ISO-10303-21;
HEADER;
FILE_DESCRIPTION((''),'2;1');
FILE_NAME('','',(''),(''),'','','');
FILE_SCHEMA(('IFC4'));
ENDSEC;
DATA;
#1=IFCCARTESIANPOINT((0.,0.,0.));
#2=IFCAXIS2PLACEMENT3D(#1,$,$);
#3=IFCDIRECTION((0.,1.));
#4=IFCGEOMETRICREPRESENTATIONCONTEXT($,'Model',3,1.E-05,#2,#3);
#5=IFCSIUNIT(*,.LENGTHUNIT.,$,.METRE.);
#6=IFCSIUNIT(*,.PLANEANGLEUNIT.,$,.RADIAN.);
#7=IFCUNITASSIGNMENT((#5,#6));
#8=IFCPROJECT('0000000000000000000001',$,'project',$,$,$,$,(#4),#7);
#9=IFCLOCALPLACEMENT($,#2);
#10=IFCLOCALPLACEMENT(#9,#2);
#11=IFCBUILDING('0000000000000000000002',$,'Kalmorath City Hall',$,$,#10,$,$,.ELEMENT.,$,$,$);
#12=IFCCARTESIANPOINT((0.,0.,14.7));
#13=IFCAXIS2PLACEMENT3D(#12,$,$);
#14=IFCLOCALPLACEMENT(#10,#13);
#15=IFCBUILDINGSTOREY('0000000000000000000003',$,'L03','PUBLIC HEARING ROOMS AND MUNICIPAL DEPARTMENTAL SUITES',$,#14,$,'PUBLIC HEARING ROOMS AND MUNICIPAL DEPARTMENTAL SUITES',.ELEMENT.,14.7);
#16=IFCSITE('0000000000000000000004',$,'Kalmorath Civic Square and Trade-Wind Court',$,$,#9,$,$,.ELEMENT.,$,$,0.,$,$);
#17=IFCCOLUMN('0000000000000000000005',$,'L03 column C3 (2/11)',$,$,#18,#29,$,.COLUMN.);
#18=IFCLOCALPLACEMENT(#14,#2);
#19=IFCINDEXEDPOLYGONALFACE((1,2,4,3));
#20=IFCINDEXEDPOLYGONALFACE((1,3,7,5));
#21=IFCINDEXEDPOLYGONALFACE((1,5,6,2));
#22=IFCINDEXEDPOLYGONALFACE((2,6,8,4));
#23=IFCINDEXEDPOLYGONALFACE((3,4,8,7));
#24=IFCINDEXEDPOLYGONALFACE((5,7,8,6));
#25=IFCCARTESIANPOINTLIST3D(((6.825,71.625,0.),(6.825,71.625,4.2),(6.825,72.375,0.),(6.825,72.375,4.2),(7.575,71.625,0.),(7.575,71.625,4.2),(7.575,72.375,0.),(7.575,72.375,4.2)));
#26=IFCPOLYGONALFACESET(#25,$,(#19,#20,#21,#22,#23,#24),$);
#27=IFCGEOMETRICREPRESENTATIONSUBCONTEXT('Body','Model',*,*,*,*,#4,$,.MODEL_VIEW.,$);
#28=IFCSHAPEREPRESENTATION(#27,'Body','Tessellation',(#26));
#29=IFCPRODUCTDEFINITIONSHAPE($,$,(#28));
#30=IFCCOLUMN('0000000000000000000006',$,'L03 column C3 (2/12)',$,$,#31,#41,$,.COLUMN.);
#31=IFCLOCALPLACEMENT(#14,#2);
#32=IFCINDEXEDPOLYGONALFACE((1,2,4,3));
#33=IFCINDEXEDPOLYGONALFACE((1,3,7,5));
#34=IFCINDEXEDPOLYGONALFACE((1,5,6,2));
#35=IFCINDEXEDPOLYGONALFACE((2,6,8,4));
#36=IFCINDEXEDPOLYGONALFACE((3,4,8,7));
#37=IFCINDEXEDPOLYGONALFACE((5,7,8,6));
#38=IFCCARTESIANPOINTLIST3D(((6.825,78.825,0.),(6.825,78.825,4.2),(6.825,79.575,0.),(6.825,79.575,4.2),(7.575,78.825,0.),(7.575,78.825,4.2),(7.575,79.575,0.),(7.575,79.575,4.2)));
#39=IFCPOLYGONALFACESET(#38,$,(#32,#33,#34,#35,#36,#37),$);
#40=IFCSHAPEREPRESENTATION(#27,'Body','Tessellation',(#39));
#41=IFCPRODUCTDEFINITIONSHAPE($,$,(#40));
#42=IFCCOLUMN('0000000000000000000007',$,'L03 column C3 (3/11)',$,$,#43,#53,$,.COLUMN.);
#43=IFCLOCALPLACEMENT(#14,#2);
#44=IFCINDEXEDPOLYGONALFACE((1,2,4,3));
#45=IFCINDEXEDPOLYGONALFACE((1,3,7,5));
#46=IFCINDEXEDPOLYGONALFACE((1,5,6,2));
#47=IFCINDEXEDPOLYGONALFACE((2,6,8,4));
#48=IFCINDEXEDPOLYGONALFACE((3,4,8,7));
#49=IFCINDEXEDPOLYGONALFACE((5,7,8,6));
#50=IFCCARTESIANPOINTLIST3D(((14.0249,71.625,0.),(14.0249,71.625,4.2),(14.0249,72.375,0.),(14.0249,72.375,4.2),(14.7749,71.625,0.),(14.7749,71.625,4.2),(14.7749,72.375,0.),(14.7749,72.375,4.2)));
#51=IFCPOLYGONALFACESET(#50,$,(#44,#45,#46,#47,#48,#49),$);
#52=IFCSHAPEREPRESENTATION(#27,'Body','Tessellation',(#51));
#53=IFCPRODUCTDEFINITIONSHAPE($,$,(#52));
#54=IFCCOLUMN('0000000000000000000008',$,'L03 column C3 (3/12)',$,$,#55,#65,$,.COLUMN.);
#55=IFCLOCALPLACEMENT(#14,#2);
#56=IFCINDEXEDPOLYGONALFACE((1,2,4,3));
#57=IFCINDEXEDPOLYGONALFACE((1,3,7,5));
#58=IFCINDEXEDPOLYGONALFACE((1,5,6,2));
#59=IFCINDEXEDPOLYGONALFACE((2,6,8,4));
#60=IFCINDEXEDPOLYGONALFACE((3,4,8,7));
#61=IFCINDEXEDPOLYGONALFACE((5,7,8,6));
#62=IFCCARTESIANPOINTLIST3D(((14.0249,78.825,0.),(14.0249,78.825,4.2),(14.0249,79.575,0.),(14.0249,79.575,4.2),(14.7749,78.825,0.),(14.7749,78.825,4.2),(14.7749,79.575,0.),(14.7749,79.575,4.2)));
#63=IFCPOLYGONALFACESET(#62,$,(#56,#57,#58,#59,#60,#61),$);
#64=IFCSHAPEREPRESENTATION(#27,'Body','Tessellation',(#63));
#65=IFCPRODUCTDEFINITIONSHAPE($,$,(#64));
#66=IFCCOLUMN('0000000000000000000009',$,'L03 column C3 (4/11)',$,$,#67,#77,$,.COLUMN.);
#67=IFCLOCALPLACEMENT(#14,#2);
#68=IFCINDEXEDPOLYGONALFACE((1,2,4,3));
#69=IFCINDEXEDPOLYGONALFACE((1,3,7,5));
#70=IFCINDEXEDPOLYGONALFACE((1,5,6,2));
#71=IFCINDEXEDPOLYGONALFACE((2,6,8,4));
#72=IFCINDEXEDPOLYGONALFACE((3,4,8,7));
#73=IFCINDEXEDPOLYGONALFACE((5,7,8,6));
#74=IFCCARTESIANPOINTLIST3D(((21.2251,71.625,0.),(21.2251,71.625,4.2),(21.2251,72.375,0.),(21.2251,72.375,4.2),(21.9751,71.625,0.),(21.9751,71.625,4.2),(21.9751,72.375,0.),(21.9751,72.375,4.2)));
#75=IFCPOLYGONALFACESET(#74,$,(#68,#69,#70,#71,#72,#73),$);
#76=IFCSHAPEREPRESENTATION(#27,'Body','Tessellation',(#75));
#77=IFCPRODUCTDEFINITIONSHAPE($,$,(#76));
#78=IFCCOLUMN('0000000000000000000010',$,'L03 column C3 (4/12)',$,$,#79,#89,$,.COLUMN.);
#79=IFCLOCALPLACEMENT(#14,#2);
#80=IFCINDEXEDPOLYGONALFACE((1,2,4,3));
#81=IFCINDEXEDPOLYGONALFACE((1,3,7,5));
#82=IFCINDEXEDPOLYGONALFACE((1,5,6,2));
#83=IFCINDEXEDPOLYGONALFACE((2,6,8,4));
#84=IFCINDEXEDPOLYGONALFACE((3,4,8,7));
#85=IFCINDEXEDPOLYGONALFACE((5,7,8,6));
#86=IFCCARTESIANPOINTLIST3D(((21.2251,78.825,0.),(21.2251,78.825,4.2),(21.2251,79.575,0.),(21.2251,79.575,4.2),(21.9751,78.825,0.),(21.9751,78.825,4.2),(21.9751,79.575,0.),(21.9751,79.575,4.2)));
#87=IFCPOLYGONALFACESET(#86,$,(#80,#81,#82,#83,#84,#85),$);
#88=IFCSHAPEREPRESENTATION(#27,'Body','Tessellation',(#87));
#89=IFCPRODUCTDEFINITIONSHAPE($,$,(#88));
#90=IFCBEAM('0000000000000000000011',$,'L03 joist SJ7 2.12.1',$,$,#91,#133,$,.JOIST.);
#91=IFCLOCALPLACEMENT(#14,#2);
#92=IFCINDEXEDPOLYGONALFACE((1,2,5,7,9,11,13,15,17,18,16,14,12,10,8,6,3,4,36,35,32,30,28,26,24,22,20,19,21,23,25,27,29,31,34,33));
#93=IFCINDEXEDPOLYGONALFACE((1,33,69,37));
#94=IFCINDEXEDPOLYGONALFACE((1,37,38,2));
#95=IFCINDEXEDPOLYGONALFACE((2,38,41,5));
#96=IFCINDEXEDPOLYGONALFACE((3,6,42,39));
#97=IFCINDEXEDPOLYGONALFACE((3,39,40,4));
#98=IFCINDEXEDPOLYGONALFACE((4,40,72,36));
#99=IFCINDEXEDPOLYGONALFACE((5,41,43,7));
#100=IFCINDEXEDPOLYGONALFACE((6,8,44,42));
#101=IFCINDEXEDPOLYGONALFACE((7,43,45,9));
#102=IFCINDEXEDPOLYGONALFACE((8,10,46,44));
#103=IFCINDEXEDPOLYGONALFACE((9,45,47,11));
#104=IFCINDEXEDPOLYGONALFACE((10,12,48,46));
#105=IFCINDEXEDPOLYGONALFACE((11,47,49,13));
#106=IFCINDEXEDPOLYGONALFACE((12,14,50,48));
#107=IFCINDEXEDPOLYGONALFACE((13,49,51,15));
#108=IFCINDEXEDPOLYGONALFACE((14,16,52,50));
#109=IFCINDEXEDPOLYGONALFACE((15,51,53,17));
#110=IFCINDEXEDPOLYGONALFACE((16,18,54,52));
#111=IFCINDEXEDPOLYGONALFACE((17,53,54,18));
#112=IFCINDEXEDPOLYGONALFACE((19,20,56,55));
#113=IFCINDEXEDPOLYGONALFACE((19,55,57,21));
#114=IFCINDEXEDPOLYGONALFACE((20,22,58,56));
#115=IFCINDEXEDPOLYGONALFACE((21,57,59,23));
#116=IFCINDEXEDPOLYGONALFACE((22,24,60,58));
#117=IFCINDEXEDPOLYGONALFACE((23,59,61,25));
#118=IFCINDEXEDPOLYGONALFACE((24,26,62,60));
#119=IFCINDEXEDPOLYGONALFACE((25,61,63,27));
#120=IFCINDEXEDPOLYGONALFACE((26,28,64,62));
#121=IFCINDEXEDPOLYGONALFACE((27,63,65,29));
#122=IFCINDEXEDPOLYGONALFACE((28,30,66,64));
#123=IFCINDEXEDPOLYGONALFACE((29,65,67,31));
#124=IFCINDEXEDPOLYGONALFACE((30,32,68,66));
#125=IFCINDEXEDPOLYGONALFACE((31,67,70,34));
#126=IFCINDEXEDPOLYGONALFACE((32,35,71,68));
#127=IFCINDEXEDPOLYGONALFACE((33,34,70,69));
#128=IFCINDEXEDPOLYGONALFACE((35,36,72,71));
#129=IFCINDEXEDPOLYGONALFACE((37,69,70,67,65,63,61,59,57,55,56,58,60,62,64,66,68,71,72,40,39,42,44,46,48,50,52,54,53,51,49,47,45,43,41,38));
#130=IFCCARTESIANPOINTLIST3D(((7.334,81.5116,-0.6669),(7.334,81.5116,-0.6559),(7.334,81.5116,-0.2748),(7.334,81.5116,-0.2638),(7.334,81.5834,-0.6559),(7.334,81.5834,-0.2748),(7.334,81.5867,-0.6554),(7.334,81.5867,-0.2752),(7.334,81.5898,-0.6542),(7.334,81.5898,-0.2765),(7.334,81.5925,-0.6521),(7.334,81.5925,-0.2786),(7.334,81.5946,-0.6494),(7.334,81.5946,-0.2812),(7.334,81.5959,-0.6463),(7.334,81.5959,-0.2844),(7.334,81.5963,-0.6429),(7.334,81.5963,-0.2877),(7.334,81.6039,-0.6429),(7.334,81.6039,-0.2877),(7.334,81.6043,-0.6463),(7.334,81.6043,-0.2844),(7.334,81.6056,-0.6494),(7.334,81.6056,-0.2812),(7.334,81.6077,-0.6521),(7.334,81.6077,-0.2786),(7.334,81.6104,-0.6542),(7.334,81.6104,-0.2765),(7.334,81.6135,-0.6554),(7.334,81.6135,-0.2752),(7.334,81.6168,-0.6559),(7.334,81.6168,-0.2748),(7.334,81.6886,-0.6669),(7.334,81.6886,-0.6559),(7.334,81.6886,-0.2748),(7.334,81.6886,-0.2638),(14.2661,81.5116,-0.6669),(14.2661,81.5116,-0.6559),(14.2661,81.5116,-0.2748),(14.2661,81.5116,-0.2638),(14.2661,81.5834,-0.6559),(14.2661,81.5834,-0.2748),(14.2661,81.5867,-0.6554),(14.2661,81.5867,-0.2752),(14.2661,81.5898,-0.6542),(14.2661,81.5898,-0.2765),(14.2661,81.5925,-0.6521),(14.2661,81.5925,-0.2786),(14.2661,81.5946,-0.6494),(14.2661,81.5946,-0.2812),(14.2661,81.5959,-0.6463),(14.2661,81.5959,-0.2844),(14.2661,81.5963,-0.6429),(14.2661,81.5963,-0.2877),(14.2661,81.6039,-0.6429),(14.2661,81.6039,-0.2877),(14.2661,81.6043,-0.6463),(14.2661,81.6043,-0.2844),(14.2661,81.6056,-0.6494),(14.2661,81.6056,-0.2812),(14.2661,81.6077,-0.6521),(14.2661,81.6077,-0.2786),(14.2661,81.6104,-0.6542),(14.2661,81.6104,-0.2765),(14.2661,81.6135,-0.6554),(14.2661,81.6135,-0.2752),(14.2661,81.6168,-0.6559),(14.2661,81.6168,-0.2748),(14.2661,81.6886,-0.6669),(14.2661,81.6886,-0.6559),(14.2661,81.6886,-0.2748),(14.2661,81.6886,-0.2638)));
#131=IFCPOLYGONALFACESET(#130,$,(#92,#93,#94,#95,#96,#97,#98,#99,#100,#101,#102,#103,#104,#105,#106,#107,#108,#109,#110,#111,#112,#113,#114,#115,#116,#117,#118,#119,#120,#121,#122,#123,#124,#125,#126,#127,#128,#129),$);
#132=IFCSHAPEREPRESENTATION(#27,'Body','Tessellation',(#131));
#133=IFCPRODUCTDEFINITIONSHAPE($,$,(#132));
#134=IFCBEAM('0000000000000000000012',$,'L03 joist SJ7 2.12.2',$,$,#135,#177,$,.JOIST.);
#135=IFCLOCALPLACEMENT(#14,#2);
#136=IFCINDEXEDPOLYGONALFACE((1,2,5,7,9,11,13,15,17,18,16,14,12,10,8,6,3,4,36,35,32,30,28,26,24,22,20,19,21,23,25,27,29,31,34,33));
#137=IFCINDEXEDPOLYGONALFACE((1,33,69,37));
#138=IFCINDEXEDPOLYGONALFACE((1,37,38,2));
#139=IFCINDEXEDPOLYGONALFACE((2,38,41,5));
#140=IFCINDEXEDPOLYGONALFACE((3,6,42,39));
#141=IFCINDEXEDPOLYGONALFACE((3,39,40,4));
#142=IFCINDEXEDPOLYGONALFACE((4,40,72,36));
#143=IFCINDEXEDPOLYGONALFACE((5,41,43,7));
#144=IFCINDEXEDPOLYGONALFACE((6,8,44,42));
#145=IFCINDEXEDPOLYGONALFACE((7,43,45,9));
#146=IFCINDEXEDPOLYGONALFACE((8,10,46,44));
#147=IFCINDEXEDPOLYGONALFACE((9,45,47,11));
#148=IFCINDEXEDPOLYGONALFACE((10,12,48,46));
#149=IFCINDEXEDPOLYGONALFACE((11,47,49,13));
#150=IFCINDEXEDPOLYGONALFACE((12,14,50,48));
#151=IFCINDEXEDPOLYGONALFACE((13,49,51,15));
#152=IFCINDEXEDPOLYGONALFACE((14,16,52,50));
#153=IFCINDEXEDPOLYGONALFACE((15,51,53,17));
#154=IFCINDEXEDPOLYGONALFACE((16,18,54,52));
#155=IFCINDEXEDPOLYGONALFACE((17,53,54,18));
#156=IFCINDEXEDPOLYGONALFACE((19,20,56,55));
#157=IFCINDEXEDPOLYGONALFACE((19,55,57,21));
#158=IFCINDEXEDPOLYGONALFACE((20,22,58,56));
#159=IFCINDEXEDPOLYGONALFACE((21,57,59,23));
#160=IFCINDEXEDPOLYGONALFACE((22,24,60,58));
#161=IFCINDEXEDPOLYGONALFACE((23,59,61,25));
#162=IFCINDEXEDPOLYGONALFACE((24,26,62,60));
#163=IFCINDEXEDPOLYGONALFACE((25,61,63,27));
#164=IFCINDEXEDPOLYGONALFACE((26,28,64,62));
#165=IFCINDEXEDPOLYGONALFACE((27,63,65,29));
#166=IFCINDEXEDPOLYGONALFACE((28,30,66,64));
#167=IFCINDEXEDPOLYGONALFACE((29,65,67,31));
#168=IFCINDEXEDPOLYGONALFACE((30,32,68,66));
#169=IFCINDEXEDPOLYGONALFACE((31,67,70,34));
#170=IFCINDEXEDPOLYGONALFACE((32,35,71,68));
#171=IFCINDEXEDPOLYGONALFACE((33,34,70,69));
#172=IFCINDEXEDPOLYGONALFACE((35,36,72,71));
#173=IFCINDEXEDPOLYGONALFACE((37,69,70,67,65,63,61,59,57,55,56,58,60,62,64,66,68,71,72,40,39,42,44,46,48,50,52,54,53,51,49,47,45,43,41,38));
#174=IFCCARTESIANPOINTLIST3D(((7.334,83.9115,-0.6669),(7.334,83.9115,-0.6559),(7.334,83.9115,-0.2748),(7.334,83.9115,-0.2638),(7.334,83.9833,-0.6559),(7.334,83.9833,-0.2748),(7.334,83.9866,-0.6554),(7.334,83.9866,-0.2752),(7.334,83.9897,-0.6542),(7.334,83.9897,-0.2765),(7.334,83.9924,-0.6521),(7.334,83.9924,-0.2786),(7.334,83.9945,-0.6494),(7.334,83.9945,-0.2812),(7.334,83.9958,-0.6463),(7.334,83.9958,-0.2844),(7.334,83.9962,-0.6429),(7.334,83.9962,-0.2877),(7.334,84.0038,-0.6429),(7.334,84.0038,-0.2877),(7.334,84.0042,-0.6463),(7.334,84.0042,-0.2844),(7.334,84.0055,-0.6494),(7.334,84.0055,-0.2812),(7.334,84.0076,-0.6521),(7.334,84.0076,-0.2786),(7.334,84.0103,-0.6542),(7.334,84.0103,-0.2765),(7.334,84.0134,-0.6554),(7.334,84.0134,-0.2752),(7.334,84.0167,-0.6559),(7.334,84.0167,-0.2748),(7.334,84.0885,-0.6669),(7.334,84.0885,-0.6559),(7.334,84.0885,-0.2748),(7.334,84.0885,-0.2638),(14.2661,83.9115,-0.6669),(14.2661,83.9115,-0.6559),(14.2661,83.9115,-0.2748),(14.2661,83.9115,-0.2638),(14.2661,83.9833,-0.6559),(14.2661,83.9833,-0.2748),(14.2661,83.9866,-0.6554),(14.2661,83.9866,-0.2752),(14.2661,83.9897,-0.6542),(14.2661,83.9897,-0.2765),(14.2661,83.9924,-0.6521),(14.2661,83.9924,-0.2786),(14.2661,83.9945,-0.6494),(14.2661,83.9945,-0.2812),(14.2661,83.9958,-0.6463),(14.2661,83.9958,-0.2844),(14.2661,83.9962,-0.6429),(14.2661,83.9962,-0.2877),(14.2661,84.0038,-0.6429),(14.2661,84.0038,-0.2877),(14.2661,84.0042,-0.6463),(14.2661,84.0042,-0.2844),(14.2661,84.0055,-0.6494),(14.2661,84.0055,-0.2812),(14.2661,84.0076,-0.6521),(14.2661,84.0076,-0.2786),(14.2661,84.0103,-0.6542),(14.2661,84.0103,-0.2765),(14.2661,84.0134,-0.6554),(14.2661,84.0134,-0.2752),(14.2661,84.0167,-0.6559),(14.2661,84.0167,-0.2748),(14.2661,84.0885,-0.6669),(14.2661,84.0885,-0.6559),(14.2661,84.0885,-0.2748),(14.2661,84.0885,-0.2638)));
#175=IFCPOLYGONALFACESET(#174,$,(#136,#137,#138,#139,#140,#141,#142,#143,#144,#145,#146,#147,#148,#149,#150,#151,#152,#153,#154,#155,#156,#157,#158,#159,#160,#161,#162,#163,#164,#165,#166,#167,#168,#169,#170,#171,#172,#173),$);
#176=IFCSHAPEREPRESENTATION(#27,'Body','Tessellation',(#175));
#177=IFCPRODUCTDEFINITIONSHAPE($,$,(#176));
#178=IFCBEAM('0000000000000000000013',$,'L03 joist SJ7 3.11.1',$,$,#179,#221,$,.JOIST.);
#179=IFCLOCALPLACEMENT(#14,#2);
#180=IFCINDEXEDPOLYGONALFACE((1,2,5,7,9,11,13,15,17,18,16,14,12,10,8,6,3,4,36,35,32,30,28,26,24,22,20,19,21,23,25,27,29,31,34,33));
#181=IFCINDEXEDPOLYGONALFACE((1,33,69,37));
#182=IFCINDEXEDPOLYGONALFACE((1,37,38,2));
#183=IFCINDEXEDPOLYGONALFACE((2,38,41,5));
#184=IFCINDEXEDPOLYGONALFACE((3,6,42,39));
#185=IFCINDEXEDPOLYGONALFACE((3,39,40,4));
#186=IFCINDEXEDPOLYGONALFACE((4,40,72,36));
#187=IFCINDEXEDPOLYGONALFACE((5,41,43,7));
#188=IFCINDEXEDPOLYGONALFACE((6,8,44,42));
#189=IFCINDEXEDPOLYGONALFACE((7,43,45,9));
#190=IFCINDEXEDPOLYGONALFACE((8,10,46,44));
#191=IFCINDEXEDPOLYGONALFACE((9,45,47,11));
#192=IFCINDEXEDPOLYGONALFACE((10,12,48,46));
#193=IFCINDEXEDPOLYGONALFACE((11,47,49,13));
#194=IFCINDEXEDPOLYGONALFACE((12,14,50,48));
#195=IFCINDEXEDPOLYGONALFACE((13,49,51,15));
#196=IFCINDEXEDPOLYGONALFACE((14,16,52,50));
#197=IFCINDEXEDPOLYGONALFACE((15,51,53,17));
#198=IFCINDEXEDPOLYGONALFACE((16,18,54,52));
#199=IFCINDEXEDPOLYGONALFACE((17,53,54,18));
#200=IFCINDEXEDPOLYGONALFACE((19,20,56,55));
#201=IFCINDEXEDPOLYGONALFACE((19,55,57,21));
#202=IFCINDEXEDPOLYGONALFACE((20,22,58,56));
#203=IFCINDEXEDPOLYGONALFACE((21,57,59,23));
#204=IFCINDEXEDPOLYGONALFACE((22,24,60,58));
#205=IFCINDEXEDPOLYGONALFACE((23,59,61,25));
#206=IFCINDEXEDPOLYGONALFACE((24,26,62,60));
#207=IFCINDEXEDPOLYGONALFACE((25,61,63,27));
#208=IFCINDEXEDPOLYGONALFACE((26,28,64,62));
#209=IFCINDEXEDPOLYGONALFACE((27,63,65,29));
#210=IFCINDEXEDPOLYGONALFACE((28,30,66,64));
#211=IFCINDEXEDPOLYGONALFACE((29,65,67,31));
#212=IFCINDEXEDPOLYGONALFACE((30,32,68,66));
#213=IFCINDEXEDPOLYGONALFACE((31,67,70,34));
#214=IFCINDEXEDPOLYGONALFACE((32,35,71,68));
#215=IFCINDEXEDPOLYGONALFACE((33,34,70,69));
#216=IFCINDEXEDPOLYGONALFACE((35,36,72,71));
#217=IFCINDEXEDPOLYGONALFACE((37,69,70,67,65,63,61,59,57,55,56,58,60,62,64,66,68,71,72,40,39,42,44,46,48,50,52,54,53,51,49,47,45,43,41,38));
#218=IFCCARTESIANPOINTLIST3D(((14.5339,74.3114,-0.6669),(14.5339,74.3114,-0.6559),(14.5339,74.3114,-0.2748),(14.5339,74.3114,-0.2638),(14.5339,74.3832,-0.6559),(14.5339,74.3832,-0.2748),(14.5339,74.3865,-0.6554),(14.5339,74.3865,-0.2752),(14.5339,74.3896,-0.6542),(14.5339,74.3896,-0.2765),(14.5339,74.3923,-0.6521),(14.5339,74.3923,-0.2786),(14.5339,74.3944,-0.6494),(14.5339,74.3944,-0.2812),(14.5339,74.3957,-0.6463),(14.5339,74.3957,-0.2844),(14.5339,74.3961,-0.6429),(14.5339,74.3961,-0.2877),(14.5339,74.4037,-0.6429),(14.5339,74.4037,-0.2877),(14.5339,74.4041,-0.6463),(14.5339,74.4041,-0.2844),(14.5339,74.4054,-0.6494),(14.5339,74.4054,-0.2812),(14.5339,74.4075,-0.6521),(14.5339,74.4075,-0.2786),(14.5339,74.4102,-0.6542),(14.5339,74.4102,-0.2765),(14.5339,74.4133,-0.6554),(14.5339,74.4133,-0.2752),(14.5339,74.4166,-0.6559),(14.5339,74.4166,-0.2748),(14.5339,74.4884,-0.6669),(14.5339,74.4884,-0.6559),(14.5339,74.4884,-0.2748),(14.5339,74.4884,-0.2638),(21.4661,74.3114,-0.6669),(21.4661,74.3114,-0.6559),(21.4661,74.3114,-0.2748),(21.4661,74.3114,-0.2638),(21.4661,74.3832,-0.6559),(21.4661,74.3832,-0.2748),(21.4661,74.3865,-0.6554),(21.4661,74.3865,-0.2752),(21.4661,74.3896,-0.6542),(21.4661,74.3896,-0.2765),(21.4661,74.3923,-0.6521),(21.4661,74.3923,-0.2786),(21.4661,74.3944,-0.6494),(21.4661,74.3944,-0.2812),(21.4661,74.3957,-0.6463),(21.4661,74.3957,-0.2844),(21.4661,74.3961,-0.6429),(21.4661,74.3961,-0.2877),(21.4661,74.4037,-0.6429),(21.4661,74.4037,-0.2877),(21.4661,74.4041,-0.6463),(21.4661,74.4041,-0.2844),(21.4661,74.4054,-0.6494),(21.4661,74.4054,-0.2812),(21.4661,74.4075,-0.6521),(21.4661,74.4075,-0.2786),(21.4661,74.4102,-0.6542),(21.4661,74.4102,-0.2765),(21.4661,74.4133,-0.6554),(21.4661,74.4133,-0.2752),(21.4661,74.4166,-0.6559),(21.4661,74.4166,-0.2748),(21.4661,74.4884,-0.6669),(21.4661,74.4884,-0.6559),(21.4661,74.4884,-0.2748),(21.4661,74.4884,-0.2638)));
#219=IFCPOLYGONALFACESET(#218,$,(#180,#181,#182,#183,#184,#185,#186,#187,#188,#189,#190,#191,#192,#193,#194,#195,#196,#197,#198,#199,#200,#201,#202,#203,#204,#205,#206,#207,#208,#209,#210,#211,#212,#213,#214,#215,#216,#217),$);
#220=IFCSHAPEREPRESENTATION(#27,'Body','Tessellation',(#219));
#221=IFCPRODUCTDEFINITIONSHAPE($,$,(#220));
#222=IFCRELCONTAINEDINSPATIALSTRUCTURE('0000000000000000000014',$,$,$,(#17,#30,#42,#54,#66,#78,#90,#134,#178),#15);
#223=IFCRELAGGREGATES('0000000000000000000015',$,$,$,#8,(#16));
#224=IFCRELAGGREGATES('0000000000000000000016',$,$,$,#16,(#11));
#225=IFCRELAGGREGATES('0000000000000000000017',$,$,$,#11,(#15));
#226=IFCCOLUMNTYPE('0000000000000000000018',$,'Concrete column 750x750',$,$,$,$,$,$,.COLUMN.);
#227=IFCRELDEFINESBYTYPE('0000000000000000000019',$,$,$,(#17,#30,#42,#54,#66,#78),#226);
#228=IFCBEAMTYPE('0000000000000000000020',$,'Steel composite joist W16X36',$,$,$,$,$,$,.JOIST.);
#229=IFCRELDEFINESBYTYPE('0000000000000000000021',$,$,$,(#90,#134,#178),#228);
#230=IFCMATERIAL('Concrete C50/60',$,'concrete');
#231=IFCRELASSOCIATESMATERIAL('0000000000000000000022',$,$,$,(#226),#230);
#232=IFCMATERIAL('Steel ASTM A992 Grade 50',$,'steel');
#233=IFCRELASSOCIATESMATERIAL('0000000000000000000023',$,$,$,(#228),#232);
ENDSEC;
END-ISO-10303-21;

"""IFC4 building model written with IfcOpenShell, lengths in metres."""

from ifc_helpers import new_model, si_unit, direction, frame, origin, origin_2d, place, context, subcontext, project, spatial, rectangle, i_section, extrude, material, material_profile, profile_set, type_object, element, save


model = new_model("IFC4")

# Units and contexts
model_context = context("Model", 3, precision=1e-05, world=origin(), true_north=direction((0.0, 1.0)))
body_context = subcontext(model_context, "Body", "Model", "MODEL_VIEW")
ifc_project = project(units=[si_unit("LENGTHUNIT", "METRE"), si_unit("PLANEANGLEUNIT", "RADIAN")], contexts=[model_context])

# Site, building, storey
site_placement = place(None, origin())
site = spatial("IfcSite", under=ifc_project, at=site_placement, Name="Kalmorath Civic Square and Trade-Wind Court", CompositionType="ELEMENT", RefElevation=0.0)
building_placement = place(site_placement, origin())
building = spatial("IfcBuilding", under=site, at=building_placement, Name="Kalmorath City Hall", CompositionType="ELEMENT")
storey_placement = place(building_placement, frame((0.0, 0.0, 14.7)))
storey = spatial("IfcBuildingStorey", under=building, at=storey_placement, Name="L03", Description="PUBLIC HEARING ROOMS AND MUNICIPAL DEPARTMENTAL SUITES", LongName="PUBLIC HEARING ROOMS AND MUNICIPAL DEPARTMENTAL SUITES", CompositionType="ELEMENT", Elevation=14.7)

# Columns
ifc_material_1 = material(Name="Concrete C50/60", Category="concrete")
ifc_material_profile_1 = material_profile(ifc_material_1, rectangle(XDim=0.75, YDim=0.75, at=origin_2d()), Name="RC-COL-750X750")
ifc_profile_set_1 = profile_set([ifc_material_profile_1], Name="Concrete C50/60")
column_type = type_object("IfcColumnType", Name="Concrete column 750x750", PredefinedType="COLUMN", material=ifc_profile_set_1)
for number, where, z_axis, x_axis, name in (
    (1, (7.2, 72.0, 0.0), (0.0, 0.0, 1.0), (1.0, 0.0, 0.0), "L03 column C3 (2/11)"),
    (2, (7.2, 79.2, 0.0), (0.0, 0.0, 1.0), (1.0, 0.0, 0.0), "L03 column C3 (2/12)"),
    (3, (14.3999, 72.0, 0.0), (0.0, 0.0, 1.0), (1.0, 0.0, 0.0), "L03 column C3 (3/11)"),
    (4, (14.3999, 79.2, 0.0), (0.0, 0.0, 1.0), (1.0, 0.0, 0.0), "L03 column C3 (3/12)"),
    (5, (21.6001, 72.0, 0.0), (0.0, 0.0, 1.0), (1.0, 0.0, 0.0), "L03 column C3 (4/11)"),
    (6, (21.6001, 79.2, 0.0), (0.0, 0.0, 1.0), (1.0, 0.0, 0.0), "L03 column C3 (4/12)"),
):
    element("IfcColumn", number, at=place(storey_placement, frame(where, z_axis=z_axis, x_axis=x_axis)), inside=storey, type_object=column_type, Name=name, PredefinedType="COLUMN", context=body_context, shape_type="SweptSolid", body=[
        extrude(rectangle(XDim=0.75, YDim=0.75, at=origin_2d()), origin(), (0.0, 0.0, 1.0), 4.2),
    ])

# Beams
ifc_material_2 = material(Name="Steel ASTM A992 Grade 50", Category="steel")
ifc_material_profile_2 = material_profile(ifc_material_2, i_section(OverallWidth=0.177, OverallDepth=0.4031, WebThickness=0.0076, FlangeThickness=0.011, FilletRadius=0.0129, at=origin_2d()), Name="W16X36")
ifc_profile_set_2 = profile_set([ifc_material_profile_2], Name="Steel ASTM A992 Grade 50")
beam_type_1 = type_object("IfcBeamType", Name="Steel composite joist W16X36", PredefinedType="JOIST", material=ifc_profile_set_2)
for number, where, z_axis, x_axis, name in (
    (7, (7.334, 81.6001, -0.4653), (1.0, 0.0, 0.0), (0.0, 1.0, 0.0), "L03 joist SJ7 2.12.1"),
    (8, (7.334, 84.0, -0.4653), (1.0, 0.0, 0.0), (0.0, 1.0, 0.0), "L03 joist SJ7 2.12.2"),
    (9, (14.5339, 74.3999, -0.4653), (1.0, 0.0, 0.0), (0.0, 1.0, 0.0), "L03 joist SJ7 3.11.1"),
):
    element("IfcBeam", number, at=place(storey_placement, frame(where, z_axis=z_axis, x_axis=x_axis)), inside=storey, type_object=beam_type_1, Name=name, PredefinedType="JOIST", context=body_context, shape_type="SweptSolid", body=[
        extrude(i_section(OverallWidth=0.177, OverallDepth=0.4031, WebThickness=0.0076, FlangeThickness=0.011, FilletRadius=0.0129, at=origin_2d()), origin(), (0.0, 0.0, 1.0), 6.9321),
    ])

save(model, "model.ifc")
